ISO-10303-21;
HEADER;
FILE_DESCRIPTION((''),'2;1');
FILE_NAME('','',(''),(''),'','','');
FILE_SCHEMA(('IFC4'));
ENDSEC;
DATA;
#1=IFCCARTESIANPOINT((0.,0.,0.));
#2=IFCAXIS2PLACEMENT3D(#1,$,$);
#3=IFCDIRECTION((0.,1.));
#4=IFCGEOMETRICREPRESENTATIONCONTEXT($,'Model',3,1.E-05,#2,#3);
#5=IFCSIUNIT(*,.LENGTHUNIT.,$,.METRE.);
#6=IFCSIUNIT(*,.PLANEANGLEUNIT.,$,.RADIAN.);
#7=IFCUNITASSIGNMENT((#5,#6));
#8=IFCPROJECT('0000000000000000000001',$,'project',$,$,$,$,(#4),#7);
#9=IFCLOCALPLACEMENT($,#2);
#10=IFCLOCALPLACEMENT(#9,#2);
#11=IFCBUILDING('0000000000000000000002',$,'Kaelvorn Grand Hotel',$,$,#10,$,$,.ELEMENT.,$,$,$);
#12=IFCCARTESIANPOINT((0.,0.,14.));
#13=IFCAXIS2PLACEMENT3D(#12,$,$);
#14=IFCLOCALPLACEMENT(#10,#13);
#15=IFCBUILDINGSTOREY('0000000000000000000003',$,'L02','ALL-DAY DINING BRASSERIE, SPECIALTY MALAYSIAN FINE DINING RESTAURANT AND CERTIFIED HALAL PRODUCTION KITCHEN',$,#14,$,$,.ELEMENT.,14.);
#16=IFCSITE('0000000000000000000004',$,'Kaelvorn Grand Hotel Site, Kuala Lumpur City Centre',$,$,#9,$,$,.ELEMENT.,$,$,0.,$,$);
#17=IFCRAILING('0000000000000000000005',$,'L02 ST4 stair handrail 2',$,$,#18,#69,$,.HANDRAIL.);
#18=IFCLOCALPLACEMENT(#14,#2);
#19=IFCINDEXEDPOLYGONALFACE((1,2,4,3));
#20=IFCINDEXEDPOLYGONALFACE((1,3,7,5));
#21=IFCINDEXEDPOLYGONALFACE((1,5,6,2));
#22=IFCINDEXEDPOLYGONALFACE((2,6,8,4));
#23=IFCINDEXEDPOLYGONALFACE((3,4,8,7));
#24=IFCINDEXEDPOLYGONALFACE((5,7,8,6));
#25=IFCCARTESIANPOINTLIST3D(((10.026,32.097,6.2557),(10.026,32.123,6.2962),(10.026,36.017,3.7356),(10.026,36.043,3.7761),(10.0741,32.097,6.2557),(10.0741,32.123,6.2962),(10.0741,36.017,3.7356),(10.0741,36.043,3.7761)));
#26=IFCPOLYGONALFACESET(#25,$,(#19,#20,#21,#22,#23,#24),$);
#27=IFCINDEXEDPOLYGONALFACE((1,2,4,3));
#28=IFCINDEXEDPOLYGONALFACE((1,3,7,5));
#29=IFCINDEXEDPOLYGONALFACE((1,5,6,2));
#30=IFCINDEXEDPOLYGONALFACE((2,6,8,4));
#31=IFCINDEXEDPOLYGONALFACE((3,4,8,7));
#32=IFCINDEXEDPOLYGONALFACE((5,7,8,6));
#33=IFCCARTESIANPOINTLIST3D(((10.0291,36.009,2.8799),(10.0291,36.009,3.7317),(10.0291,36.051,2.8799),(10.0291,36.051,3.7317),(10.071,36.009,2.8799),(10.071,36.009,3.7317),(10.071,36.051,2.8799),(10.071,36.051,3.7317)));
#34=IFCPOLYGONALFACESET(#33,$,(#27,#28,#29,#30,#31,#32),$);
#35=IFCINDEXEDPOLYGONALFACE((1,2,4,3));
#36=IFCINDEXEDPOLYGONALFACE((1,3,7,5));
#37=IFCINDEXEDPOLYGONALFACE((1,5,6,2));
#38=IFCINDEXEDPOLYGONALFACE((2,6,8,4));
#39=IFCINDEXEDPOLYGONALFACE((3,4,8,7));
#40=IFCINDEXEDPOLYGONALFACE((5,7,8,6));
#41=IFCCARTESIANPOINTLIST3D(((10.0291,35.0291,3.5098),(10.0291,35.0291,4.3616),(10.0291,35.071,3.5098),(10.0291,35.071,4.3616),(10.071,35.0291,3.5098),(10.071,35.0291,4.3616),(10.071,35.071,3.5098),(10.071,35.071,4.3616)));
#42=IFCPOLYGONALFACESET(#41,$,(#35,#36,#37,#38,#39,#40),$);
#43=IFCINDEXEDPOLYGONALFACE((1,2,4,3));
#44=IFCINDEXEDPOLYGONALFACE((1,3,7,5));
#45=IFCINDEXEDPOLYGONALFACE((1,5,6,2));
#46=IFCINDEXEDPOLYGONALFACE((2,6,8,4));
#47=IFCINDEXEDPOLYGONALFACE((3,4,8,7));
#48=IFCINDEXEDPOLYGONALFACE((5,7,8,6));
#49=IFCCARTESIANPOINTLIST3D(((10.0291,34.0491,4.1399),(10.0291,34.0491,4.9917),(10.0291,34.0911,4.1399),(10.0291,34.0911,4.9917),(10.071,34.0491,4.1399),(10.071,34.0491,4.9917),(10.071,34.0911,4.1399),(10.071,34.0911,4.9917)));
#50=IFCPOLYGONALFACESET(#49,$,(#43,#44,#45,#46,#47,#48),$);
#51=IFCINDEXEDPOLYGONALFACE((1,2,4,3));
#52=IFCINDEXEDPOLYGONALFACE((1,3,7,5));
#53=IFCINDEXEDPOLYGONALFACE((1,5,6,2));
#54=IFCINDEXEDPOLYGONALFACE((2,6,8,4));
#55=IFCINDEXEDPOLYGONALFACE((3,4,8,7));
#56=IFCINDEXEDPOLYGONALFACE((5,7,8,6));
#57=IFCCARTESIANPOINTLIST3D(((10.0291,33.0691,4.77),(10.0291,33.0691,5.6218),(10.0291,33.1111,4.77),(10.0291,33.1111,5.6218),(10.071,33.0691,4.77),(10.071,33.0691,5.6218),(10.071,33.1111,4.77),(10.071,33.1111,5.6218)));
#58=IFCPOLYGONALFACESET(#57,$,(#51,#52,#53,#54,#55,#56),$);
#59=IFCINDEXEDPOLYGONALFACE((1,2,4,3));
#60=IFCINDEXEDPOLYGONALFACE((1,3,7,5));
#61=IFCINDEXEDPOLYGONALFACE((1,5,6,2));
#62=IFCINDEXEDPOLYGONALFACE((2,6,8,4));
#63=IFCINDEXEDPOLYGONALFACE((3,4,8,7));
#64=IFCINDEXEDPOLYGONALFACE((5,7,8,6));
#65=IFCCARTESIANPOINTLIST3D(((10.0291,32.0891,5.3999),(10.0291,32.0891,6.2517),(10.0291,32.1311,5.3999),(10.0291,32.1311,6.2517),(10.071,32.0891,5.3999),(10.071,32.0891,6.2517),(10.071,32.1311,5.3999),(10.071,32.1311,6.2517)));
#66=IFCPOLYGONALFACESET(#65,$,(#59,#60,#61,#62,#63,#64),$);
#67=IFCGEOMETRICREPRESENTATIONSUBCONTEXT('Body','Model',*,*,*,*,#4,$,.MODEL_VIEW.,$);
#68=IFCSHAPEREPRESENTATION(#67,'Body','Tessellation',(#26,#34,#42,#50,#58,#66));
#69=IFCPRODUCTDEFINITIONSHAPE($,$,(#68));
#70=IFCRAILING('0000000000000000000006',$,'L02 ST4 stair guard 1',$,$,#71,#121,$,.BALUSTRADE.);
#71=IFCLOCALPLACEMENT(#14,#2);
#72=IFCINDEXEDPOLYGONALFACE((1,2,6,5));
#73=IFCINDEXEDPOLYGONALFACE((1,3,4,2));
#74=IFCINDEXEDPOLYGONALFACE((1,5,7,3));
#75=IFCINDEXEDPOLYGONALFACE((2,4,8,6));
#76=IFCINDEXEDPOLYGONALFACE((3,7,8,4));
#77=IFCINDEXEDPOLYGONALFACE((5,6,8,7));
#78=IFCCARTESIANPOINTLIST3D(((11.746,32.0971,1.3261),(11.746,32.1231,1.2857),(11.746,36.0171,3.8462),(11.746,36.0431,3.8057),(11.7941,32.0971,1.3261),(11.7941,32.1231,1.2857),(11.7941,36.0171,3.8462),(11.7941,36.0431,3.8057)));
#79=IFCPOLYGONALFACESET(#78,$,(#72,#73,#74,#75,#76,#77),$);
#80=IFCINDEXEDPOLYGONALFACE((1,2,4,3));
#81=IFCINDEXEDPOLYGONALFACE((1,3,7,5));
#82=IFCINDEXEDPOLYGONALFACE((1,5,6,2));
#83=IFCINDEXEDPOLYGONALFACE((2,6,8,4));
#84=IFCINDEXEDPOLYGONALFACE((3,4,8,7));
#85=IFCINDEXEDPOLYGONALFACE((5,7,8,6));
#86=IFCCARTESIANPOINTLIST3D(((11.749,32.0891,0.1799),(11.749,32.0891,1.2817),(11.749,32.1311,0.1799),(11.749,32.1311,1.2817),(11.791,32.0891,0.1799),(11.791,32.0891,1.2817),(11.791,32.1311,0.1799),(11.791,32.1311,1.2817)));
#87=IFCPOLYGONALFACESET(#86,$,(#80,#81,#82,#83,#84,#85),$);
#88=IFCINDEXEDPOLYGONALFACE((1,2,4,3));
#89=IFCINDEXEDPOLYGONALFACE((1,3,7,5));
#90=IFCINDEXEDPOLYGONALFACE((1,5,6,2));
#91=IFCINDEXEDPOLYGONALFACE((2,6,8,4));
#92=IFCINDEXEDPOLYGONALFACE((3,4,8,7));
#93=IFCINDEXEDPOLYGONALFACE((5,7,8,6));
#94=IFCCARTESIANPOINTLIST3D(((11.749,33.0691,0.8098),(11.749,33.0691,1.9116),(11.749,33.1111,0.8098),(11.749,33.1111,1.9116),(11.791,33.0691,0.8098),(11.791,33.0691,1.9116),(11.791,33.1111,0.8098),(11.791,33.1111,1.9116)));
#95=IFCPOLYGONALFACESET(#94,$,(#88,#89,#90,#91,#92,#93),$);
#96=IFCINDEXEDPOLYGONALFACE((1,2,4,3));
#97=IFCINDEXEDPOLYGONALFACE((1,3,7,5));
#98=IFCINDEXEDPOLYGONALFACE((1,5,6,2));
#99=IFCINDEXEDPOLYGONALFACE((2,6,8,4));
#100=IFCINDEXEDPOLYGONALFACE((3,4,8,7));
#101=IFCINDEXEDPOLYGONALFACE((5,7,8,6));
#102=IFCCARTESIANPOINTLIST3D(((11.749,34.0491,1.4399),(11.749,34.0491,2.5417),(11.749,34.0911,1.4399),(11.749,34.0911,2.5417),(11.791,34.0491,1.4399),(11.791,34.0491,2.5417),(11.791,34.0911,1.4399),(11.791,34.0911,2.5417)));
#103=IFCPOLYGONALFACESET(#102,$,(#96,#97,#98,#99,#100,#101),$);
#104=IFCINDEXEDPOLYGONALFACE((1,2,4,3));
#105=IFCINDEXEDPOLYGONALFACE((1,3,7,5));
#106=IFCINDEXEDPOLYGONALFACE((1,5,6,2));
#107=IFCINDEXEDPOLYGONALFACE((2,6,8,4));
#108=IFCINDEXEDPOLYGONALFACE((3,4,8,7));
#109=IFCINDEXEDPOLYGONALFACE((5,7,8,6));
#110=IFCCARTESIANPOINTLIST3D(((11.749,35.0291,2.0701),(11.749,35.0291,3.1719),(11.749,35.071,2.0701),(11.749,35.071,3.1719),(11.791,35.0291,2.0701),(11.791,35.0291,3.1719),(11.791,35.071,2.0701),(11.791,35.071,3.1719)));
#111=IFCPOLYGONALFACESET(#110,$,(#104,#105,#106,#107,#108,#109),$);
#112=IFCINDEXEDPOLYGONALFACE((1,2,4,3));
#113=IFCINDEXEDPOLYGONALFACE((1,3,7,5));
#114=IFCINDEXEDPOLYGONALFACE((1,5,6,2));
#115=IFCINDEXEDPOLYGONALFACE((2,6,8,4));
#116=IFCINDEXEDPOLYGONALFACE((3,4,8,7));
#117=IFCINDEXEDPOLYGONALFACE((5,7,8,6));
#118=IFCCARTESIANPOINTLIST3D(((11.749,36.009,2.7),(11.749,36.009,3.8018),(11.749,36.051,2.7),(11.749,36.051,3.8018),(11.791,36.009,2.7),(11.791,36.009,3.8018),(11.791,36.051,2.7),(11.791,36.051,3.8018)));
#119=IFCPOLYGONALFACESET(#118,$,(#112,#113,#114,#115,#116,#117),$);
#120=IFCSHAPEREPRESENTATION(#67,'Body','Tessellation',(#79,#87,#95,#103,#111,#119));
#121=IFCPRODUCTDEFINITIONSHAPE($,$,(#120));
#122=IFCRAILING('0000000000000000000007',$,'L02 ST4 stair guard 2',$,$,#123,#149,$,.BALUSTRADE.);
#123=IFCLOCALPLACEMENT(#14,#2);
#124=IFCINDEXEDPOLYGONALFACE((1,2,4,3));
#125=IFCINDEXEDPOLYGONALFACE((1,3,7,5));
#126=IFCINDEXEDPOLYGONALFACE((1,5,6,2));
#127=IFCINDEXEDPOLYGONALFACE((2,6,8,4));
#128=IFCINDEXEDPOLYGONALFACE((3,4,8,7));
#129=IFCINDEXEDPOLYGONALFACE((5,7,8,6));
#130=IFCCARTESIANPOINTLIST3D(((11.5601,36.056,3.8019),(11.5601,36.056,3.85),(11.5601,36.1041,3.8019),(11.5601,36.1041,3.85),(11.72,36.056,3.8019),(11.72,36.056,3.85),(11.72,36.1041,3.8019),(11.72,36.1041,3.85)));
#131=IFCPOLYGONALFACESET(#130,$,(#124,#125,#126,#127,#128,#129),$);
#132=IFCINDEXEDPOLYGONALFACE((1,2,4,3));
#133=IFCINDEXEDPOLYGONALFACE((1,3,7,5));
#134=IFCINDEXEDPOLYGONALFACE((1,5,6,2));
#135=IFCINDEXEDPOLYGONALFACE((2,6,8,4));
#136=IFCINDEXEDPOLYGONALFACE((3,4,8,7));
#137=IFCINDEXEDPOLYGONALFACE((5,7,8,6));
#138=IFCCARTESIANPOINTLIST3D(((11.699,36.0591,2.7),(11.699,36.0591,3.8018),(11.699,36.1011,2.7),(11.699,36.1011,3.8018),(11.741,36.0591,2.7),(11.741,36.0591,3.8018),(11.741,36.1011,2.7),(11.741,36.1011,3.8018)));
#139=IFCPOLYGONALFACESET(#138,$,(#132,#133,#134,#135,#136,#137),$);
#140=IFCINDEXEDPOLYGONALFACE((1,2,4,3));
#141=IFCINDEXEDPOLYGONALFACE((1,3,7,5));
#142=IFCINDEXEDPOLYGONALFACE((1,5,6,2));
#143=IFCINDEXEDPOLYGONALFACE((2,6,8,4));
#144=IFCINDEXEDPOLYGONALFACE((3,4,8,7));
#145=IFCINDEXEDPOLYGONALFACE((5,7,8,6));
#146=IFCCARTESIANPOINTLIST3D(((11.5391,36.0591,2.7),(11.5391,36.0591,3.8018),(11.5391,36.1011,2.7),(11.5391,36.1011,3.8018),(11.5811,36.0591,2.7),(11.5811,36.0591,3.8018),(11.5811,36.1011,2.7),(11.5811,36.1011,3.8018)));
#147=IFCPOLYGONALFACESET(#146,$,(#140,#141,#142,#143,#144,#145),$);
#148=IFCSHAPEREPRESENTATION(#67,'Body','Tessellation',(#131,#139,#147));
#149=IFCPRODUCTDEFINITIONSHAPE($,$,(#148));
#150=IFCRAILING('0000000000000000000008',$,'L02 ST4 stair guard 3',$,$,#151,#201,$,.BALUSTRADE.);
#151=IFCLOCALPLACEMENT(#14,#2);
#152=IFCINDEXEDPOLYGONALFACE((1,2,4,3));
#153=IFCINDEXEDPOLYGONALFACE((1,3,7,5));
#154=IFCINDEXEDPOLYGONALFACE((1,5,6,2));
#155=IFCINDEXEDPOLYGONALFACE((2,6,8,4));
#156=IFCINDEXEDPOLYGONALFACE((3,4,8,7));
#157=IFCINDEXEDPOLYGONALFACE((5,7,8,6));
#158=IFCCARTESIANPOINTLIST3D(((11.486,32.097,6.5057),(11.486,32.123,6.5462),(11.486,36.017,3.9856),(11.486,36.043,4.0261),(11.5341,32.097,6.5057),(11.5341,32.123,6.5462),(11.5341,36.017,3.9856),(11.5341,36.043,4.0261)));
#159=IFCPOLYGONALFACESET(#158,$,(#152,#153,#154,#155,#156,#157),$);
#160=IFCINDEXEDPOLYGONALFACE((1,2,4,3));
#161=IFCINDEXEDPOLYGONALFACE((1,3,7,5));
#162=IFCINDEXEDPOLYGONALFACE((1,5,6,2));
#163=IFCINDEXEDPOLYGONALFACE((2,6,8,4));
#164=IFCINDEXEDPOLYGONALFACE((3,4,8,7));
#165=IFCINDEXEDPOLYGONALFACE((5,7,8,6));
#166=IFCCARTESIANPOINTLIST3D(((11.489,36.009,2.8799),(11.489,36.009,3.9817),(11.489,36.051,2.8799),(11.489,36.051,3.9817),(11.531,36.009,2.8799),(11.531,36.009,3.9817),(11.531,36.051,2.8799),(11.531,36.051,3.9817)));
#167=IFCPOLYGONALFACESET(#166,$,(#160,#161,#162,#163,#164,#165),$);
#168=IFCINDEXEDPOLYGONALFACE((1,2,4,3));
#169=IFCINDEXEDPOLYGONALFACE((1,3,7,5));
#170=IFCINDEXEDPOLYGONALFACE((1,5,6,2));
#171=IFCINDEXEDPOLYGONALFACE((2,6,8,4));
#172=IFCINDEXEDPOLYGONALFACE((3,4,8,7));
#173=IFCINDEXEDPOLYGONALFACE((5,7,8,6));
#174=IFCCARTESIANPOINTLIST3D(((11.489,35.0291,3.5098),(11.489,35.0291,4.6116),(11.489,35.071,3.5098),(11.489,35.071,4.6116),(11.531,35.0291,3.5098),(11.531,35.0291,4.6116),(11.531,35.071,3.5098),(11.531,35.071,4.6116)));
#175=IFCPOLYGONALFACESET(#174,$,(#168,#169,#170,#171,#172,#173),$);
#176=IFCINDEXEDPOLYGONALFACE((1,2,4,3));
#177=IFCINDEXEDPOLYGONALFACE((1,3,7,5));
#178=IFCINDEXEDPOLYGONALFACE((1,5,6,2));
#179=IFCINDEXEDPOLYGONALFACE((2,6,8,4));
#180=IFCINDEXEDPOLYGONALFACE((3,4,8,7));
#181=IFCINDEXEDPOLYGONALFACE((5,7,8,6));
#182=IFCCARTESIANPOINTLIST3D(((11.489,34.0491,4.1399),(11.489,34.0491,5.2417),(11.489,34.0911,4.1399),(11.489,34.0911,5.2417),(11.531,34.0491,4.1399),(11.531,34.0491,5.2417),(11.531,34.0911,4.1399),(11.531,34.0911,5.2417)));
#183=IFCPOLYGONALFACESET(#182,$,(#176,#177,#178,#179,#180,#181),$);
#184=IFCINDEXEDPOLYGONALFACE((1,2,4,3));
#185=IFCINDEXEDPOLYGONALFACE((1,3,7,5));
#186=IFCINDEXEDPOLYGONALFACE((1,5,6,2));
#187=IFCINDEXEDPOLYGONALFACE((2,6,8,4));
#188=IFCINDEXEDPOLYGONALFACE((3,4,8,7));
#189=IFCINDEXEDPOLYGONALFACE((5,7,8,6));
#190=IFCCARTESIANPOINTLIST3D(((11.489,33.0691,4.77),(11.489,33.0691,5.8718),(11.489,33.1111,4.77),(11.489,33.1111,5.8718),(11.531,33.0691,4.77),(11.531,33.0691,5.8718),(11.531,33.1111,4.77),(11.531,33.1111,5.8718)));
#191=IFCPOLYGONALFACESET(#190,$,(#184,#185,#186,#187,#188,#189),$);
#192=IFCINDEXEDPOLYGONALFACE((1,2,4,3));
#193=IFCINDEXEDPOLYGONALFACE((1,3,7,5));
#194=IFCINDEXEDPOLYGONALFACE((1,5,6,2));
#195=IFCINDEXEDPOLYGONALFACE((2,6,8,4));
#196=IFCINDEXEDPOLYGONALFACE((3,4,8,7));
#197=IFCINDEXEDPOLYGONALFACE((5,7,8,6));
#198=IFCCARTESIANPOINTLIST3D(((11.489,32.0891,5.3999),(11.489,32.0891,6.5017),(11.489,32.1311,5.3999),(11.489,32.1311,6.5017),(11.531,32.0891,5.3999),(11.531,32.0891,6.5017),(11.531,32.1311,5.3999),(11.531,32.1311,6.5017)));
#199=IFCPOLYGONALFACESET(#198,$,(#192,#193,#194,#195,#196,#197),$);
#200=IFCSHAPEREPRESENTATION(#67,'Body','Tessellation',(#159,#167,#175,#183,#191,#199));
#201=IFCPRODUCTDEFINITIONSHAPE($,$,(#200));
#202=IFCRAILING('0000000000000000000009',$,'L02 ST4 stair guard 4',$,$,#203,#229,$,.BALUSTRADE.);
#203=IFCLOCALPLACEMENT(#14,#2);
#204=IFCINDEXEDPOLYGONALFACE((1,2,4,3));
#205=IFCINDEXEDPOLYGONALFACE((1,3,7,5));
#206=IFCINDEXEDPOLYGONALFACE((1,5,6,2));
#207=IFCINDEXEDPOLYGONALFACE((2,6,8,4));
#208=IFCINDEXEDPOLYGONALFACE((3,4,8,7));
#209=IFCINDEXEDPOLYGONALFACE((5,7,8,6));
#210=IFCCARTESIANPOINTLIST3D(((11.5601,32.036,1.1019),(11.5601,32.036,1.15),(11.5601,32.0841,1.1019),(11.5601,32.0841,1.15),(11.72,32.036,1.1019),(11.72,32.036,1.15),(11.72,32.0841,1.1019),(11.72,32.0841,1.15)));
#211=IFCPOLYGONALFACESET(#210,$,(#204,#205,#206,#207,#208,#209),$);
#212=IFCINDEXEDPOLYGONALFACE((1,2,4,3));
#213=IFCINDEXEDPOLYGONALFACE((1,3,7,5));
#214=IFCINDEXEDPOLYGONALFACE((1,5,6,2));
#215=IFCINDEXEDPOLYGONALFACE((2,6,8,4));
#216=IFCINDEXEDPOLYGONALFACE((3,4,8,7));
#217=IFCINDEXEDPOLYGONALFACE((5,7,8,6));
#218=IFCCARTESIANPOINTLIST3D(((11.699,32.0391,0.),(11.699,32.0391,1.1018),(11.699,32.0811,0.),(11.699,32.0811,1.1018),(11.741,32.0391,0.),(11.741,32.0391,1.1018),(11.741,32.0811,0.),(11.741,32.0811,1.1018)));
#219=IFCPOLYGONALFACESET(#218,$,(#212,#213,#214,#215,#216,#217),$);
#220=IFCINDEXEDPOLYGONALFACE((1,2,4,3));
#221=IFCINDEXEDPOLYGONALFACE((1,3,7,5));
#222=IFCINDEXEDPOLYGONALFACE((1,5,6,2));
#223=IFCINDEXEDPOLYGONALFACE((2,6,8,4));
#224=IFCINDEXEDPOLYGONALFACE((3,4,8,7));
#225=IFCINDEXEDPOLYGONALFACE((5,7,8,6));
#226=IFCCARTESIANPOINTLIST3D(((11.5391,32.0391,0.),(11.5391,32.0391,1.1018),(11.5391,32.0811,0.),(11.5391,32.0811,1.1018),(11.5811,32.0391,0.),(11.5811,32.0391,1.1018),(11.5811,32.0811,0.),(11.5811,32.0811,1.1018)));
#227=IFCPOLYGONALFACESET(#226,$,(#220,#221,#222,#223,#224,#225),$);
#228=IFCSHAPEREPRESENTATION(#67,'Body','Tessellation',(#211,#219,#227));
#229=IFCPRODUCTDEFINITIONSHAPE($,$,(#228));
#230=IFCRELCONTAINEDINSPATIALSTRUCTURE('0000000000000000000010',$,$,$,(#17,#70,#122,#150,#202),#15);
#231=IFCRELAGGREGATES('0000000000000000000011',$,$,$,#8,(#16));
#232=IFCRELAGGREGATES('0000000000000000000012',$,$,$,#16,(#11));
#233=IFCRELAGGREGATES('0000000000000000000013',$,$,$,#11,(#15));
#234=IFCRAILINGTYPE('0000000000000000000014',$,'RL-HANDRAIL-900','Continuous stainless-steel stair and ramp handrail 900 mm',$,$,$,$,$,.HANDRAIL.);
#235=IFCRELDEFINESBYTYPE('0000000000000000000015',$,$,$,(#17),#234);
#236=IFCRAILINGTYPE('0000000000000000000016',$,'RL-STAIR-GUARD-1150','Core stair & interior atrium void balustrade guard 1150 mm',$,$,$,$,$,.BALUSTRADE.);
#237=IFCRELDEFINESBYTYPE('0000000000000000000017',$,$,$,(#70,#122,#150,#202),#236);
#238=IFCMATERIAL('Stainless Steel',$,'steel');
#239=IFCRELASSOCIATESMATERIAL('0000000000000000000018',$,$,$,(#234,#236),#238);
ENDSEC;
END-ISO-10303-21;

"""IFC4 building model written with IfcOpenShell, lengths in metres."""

from ifc_helpers import new_model, si_unit, direction, frame, origin, origin_2d, place, context, subcontext, project, spatial, rectangle, extrude, material, type_object, element, save


model = new_model("IFC4")

# Units and contexts
model_context = context("Model", 3, precision=1e-05, world=origin(), true_north=direction((0.0, 1.0)))
body_context = subcontext(model_context, "Body", "Model", "MODEL_VIEW")
ifc_project = project(units=[si_unit("LENGTHUNIT", "METRE"), si_unit("PLANEANGLEUNIT", "RADIAN")], contexts=[model_context])

# Site, building, storey
site_placement = place(None, origin())
site = spatial("IfcSite", under=ifc_project, at=site_placement, Name="Kaelvorn Grand Hotel Site, Kuala Lumpur City Centre", CompositionType="ELEMENT", RefElevation=0.0)
building_placement = place(site_placement, origin())
building = spatial("IfcBuilding", under=site, at=building_placement, Name="Kaelvorn Grand Hotel", CompositionType="ELEMENT")
storey_placement = place(building_placement, frame((0.0, 0.0, 14.0)))
storey = spatial("IfcBuildingStorey", under=building, at=storey_placement, Name="L02", Description="ALL-DAY DINING BRASSERIE, SPECIALTY MALAYSIAN FINE DINING RESTAURANT AND CERTIFIED HALAL PRODUCTION KITCHEN", CompositionType="ELEMENT", Elevation=14.0)

# Railings
ifc_material_1 = material(Name="Stainless Steel", Category="steel")
railing_type_1 = type_object("IfcRailingType", Name="RL-HANDRAIL-900", Description="Continuous stainless-steel stair and ramp handrail 900 mm", PredefinedType="HANDRAIL", material=ifc_material_1)
railing_1_placement = place(storey_placement, frame((10.05, 36.03, 2.8799)))
element("IfcRailing", 1, at=railing_1_placement, inside=storey, type_object=railing_type_1, Name="L02 ST4 stair handrail 2", PredefinedType="HANDRAIL", context=body_context, shape_type="SweptSolid", body=[
    extrude(rectangle(XDim=0.0481, YDim=0.0481, at=origin_2d()), frame((0.0, 0.0, 0.876), z_axis=(0.0, -0.841172, 0.540768), x_axis=(1.0, 0.0, 0.0)), (0.0, 0.0, 1.0), 4.6602),
    extrude(rectangle(XDim=0.042, YDim=0.042, at=origin_2d()), origin(), (0.0, 0.0, 1.0), 0.8518),
    extrude(rectangle(XDim=0.042, YDim=0.042, at=origin_2d()), frame((0.0, -0.98, 0.6299)), (0.0, 0.0, 1.0), 0.8518),
    extrude(rectangle(XDim=0.042, YDim=0.042, at=origin_2d()), frame((0.0, -1.96, 1.26)), (0.0, 0.0, 1.0), 0.8518),
    extrude(rectangle(XDim=0.042, YDim=0.042, at=origin_2d()), frame((0.0, -2.9399, 1.8901)), (0.0, 0.0, 1.0), 0.8518),
    extrude(rectangle(XDim=0.042, YDim=0.042, at=origin_2d()), frame((0.0, -3.9199, 2.52)), (0.0, 0.0, 1.0), 0.8518),
])
railing_type_2 = type_object("IfcRailingType", Name="RL-STAIR-GUARD-1150", Description="Core stair & interior atrium void balustrade guard 1150 mm", PredefinedType="BALUSTRADE", material=ifc_material_1)
railing_2_placement = place(storey_placement, frame((11.77, 32.1101, 0.1799)))
element("IfcRailing", 2, at=railing_2_placement, inside=storey, type_object=railing_type_2, Name="L02 ST4 stair guard 1", PredefinedType="BALUSTRADE", context=body_context, shape_type="SweptSolid", body=[
    extrude(rectangle(XDim=0.0481, YDim=0.0481, at=origin_2d()), frame((0.0, 0.0, 1.126), z_axis=(0.0, 0.841172, 0.540768), x_axis=(-1.0, 0.0, 0.0)), (0.0, 0.0, 1.0), 4.6602),
    extrude(rectangle(XDim=0.042, YDim=0.042, at=origin_2d()), origin(), (0.0, 0.0, 1.0), 1.1018),
    extrude(rectangle(XDim=0.042, YDim=0.042, at=origin_2d()), frame((0.0, 0.98, 0.6299)), (0.0, 0.0, 1.0), 1.1018),
    extrude(rectangle(XDim=0.042, YDim=0.042, at=origin_2d()), frame((0.0, 1.96, 1.26)), (0.0, 0.0, 1.0), 1.1018),
    extrude(rectangle(XDim=0.042, YDim=0.042, at=origin_2d()), frame((0.0, 2.9399, 1.8901)), (0.0, 0.0, 1.0), 1.1018),
    extrude(rectangle(XDim=0.042, YDim=0.042, at=origin_2d()), frame((0.0, 3.9199, 2.52)), (0.0, 0.0, 1.0), 1.1018),
])
railing_3_placement = place(storey_placement, frame((11.72, 36.0801, 2.7)))
element("IfcRailing", 3, at=railing_3_placement, inside=storey, type_object=railing_type_2, Name="L02 ST4 stair guard 2", PredefinedType="BALUSTRADE", context=body_context, shape_type="SweptSolid", body=[
    extrude(rectangle(XDim=0.0481, YDim=0.0481, at=origin_2d()), frame((0.0, 0.0, 1.126), z_axis=(-1.0, 0.0, 0.0), x_axis=(0.0, -1.0, 0.0)), (0.0, 0.0, 1.0), 0.1599),
    extrude(rectangle(XDim=0.042, YDim=0.042, at=origin_2d()), origin(), (0.0, 0.0, 1.0), 1.1018),
    extrude(rectangle(XDim=0.042, YDim=0.042, at=origin_2d()), frame((-0.1599, 0.0, 0.0)), (0.0, 0.0, 1.0), 1.1018),
])
railing_4_placement = place(storey_placement, frame((11.51, 36.03, 2.8799)))
element("IfcRailing", 4, at=railing_4_placement, inside=storey, type_object=railing_type_2, Name="L02 ST4 stair guard 3", PredefinedType="BALUSTRADE", context=body_context, shape_type="SweptSolid", body=[
    extrude(rectangle(XDim=0.0481, YDim=0.0481, at=origin_2d()), frame((0.0, 0.0, 1.126), z_axis=(0.0, -0.841172, 0.540768), x_axis=(1.0, 0.0, 0.0)), (0.0, 0.0, 1.0), 4.6602),
    extrude(rectangle(XDim=0.042, YDim=0.042, at=origin_2d()), origin(), (0.0, 0.0, 1.0), 1.1018),
    extrude(rectangle(XDim=0.042, YDim=0.042, at=origin_2d()), frame((0.0, -0.98, 0.6299)), (0.0, 0.0, 1.0), 1.1018),
    extrude(rectangle(XDim=0.042, YDim=0.042, at=origin_2d()), frame((0.0, -1.96, 1.26)), (0.0, 0.0, 1.0), 1.1018),
    extrude(rectangle(XDim=0.042, YDim=0.042, at=origin_2d()), frame((0.0, -2.9399, 1.8901)), (0.0, 0.0, 1.0), 1.1018),
    extrude(rectangle(XDim=0.042, YDim=0.042, at=origin_2d()), frame((0.0, -3.9199, 2.52)), (0.0, 0.0, 1.0), 1.1018),
])
railing_5_placement = place(storey_placement, frame((11.72, 32.0601, 0.0)))
element("IfcRailing", 5, at=railing_5_placement, inside=storey, type_object=railing_type_2, Name="L02 ST4 stair guard 4", PredefinedType="BALUSTRADE", context=body_context, shape_type="SweptSolid", body=[
    extrude(rectangle(XDim=0.0481, YDim=0.0481, at=origin_2d()), frame((0.0, 0.0, 1.126), z_axis=(-1.0, 0.0, 0.0), x_axis=(0.0, -1.0, 0.0)), (0.0, 0.0, 1.0), 0.1599),
    extrude(rectangle(XDim=0.042, YDim=0.042, at=origin_2d()), origin(), (0.0, 0.0, 1.0), 1.1018),
    extrude(rectangle(XDim=0.042, YDim=0.042, at=origin_2d()), frame((-0.1599, 0.0, 0.0)), (0.0, 0.0, 1.0), 1.1018),
])

save(model, "model.ifc")
